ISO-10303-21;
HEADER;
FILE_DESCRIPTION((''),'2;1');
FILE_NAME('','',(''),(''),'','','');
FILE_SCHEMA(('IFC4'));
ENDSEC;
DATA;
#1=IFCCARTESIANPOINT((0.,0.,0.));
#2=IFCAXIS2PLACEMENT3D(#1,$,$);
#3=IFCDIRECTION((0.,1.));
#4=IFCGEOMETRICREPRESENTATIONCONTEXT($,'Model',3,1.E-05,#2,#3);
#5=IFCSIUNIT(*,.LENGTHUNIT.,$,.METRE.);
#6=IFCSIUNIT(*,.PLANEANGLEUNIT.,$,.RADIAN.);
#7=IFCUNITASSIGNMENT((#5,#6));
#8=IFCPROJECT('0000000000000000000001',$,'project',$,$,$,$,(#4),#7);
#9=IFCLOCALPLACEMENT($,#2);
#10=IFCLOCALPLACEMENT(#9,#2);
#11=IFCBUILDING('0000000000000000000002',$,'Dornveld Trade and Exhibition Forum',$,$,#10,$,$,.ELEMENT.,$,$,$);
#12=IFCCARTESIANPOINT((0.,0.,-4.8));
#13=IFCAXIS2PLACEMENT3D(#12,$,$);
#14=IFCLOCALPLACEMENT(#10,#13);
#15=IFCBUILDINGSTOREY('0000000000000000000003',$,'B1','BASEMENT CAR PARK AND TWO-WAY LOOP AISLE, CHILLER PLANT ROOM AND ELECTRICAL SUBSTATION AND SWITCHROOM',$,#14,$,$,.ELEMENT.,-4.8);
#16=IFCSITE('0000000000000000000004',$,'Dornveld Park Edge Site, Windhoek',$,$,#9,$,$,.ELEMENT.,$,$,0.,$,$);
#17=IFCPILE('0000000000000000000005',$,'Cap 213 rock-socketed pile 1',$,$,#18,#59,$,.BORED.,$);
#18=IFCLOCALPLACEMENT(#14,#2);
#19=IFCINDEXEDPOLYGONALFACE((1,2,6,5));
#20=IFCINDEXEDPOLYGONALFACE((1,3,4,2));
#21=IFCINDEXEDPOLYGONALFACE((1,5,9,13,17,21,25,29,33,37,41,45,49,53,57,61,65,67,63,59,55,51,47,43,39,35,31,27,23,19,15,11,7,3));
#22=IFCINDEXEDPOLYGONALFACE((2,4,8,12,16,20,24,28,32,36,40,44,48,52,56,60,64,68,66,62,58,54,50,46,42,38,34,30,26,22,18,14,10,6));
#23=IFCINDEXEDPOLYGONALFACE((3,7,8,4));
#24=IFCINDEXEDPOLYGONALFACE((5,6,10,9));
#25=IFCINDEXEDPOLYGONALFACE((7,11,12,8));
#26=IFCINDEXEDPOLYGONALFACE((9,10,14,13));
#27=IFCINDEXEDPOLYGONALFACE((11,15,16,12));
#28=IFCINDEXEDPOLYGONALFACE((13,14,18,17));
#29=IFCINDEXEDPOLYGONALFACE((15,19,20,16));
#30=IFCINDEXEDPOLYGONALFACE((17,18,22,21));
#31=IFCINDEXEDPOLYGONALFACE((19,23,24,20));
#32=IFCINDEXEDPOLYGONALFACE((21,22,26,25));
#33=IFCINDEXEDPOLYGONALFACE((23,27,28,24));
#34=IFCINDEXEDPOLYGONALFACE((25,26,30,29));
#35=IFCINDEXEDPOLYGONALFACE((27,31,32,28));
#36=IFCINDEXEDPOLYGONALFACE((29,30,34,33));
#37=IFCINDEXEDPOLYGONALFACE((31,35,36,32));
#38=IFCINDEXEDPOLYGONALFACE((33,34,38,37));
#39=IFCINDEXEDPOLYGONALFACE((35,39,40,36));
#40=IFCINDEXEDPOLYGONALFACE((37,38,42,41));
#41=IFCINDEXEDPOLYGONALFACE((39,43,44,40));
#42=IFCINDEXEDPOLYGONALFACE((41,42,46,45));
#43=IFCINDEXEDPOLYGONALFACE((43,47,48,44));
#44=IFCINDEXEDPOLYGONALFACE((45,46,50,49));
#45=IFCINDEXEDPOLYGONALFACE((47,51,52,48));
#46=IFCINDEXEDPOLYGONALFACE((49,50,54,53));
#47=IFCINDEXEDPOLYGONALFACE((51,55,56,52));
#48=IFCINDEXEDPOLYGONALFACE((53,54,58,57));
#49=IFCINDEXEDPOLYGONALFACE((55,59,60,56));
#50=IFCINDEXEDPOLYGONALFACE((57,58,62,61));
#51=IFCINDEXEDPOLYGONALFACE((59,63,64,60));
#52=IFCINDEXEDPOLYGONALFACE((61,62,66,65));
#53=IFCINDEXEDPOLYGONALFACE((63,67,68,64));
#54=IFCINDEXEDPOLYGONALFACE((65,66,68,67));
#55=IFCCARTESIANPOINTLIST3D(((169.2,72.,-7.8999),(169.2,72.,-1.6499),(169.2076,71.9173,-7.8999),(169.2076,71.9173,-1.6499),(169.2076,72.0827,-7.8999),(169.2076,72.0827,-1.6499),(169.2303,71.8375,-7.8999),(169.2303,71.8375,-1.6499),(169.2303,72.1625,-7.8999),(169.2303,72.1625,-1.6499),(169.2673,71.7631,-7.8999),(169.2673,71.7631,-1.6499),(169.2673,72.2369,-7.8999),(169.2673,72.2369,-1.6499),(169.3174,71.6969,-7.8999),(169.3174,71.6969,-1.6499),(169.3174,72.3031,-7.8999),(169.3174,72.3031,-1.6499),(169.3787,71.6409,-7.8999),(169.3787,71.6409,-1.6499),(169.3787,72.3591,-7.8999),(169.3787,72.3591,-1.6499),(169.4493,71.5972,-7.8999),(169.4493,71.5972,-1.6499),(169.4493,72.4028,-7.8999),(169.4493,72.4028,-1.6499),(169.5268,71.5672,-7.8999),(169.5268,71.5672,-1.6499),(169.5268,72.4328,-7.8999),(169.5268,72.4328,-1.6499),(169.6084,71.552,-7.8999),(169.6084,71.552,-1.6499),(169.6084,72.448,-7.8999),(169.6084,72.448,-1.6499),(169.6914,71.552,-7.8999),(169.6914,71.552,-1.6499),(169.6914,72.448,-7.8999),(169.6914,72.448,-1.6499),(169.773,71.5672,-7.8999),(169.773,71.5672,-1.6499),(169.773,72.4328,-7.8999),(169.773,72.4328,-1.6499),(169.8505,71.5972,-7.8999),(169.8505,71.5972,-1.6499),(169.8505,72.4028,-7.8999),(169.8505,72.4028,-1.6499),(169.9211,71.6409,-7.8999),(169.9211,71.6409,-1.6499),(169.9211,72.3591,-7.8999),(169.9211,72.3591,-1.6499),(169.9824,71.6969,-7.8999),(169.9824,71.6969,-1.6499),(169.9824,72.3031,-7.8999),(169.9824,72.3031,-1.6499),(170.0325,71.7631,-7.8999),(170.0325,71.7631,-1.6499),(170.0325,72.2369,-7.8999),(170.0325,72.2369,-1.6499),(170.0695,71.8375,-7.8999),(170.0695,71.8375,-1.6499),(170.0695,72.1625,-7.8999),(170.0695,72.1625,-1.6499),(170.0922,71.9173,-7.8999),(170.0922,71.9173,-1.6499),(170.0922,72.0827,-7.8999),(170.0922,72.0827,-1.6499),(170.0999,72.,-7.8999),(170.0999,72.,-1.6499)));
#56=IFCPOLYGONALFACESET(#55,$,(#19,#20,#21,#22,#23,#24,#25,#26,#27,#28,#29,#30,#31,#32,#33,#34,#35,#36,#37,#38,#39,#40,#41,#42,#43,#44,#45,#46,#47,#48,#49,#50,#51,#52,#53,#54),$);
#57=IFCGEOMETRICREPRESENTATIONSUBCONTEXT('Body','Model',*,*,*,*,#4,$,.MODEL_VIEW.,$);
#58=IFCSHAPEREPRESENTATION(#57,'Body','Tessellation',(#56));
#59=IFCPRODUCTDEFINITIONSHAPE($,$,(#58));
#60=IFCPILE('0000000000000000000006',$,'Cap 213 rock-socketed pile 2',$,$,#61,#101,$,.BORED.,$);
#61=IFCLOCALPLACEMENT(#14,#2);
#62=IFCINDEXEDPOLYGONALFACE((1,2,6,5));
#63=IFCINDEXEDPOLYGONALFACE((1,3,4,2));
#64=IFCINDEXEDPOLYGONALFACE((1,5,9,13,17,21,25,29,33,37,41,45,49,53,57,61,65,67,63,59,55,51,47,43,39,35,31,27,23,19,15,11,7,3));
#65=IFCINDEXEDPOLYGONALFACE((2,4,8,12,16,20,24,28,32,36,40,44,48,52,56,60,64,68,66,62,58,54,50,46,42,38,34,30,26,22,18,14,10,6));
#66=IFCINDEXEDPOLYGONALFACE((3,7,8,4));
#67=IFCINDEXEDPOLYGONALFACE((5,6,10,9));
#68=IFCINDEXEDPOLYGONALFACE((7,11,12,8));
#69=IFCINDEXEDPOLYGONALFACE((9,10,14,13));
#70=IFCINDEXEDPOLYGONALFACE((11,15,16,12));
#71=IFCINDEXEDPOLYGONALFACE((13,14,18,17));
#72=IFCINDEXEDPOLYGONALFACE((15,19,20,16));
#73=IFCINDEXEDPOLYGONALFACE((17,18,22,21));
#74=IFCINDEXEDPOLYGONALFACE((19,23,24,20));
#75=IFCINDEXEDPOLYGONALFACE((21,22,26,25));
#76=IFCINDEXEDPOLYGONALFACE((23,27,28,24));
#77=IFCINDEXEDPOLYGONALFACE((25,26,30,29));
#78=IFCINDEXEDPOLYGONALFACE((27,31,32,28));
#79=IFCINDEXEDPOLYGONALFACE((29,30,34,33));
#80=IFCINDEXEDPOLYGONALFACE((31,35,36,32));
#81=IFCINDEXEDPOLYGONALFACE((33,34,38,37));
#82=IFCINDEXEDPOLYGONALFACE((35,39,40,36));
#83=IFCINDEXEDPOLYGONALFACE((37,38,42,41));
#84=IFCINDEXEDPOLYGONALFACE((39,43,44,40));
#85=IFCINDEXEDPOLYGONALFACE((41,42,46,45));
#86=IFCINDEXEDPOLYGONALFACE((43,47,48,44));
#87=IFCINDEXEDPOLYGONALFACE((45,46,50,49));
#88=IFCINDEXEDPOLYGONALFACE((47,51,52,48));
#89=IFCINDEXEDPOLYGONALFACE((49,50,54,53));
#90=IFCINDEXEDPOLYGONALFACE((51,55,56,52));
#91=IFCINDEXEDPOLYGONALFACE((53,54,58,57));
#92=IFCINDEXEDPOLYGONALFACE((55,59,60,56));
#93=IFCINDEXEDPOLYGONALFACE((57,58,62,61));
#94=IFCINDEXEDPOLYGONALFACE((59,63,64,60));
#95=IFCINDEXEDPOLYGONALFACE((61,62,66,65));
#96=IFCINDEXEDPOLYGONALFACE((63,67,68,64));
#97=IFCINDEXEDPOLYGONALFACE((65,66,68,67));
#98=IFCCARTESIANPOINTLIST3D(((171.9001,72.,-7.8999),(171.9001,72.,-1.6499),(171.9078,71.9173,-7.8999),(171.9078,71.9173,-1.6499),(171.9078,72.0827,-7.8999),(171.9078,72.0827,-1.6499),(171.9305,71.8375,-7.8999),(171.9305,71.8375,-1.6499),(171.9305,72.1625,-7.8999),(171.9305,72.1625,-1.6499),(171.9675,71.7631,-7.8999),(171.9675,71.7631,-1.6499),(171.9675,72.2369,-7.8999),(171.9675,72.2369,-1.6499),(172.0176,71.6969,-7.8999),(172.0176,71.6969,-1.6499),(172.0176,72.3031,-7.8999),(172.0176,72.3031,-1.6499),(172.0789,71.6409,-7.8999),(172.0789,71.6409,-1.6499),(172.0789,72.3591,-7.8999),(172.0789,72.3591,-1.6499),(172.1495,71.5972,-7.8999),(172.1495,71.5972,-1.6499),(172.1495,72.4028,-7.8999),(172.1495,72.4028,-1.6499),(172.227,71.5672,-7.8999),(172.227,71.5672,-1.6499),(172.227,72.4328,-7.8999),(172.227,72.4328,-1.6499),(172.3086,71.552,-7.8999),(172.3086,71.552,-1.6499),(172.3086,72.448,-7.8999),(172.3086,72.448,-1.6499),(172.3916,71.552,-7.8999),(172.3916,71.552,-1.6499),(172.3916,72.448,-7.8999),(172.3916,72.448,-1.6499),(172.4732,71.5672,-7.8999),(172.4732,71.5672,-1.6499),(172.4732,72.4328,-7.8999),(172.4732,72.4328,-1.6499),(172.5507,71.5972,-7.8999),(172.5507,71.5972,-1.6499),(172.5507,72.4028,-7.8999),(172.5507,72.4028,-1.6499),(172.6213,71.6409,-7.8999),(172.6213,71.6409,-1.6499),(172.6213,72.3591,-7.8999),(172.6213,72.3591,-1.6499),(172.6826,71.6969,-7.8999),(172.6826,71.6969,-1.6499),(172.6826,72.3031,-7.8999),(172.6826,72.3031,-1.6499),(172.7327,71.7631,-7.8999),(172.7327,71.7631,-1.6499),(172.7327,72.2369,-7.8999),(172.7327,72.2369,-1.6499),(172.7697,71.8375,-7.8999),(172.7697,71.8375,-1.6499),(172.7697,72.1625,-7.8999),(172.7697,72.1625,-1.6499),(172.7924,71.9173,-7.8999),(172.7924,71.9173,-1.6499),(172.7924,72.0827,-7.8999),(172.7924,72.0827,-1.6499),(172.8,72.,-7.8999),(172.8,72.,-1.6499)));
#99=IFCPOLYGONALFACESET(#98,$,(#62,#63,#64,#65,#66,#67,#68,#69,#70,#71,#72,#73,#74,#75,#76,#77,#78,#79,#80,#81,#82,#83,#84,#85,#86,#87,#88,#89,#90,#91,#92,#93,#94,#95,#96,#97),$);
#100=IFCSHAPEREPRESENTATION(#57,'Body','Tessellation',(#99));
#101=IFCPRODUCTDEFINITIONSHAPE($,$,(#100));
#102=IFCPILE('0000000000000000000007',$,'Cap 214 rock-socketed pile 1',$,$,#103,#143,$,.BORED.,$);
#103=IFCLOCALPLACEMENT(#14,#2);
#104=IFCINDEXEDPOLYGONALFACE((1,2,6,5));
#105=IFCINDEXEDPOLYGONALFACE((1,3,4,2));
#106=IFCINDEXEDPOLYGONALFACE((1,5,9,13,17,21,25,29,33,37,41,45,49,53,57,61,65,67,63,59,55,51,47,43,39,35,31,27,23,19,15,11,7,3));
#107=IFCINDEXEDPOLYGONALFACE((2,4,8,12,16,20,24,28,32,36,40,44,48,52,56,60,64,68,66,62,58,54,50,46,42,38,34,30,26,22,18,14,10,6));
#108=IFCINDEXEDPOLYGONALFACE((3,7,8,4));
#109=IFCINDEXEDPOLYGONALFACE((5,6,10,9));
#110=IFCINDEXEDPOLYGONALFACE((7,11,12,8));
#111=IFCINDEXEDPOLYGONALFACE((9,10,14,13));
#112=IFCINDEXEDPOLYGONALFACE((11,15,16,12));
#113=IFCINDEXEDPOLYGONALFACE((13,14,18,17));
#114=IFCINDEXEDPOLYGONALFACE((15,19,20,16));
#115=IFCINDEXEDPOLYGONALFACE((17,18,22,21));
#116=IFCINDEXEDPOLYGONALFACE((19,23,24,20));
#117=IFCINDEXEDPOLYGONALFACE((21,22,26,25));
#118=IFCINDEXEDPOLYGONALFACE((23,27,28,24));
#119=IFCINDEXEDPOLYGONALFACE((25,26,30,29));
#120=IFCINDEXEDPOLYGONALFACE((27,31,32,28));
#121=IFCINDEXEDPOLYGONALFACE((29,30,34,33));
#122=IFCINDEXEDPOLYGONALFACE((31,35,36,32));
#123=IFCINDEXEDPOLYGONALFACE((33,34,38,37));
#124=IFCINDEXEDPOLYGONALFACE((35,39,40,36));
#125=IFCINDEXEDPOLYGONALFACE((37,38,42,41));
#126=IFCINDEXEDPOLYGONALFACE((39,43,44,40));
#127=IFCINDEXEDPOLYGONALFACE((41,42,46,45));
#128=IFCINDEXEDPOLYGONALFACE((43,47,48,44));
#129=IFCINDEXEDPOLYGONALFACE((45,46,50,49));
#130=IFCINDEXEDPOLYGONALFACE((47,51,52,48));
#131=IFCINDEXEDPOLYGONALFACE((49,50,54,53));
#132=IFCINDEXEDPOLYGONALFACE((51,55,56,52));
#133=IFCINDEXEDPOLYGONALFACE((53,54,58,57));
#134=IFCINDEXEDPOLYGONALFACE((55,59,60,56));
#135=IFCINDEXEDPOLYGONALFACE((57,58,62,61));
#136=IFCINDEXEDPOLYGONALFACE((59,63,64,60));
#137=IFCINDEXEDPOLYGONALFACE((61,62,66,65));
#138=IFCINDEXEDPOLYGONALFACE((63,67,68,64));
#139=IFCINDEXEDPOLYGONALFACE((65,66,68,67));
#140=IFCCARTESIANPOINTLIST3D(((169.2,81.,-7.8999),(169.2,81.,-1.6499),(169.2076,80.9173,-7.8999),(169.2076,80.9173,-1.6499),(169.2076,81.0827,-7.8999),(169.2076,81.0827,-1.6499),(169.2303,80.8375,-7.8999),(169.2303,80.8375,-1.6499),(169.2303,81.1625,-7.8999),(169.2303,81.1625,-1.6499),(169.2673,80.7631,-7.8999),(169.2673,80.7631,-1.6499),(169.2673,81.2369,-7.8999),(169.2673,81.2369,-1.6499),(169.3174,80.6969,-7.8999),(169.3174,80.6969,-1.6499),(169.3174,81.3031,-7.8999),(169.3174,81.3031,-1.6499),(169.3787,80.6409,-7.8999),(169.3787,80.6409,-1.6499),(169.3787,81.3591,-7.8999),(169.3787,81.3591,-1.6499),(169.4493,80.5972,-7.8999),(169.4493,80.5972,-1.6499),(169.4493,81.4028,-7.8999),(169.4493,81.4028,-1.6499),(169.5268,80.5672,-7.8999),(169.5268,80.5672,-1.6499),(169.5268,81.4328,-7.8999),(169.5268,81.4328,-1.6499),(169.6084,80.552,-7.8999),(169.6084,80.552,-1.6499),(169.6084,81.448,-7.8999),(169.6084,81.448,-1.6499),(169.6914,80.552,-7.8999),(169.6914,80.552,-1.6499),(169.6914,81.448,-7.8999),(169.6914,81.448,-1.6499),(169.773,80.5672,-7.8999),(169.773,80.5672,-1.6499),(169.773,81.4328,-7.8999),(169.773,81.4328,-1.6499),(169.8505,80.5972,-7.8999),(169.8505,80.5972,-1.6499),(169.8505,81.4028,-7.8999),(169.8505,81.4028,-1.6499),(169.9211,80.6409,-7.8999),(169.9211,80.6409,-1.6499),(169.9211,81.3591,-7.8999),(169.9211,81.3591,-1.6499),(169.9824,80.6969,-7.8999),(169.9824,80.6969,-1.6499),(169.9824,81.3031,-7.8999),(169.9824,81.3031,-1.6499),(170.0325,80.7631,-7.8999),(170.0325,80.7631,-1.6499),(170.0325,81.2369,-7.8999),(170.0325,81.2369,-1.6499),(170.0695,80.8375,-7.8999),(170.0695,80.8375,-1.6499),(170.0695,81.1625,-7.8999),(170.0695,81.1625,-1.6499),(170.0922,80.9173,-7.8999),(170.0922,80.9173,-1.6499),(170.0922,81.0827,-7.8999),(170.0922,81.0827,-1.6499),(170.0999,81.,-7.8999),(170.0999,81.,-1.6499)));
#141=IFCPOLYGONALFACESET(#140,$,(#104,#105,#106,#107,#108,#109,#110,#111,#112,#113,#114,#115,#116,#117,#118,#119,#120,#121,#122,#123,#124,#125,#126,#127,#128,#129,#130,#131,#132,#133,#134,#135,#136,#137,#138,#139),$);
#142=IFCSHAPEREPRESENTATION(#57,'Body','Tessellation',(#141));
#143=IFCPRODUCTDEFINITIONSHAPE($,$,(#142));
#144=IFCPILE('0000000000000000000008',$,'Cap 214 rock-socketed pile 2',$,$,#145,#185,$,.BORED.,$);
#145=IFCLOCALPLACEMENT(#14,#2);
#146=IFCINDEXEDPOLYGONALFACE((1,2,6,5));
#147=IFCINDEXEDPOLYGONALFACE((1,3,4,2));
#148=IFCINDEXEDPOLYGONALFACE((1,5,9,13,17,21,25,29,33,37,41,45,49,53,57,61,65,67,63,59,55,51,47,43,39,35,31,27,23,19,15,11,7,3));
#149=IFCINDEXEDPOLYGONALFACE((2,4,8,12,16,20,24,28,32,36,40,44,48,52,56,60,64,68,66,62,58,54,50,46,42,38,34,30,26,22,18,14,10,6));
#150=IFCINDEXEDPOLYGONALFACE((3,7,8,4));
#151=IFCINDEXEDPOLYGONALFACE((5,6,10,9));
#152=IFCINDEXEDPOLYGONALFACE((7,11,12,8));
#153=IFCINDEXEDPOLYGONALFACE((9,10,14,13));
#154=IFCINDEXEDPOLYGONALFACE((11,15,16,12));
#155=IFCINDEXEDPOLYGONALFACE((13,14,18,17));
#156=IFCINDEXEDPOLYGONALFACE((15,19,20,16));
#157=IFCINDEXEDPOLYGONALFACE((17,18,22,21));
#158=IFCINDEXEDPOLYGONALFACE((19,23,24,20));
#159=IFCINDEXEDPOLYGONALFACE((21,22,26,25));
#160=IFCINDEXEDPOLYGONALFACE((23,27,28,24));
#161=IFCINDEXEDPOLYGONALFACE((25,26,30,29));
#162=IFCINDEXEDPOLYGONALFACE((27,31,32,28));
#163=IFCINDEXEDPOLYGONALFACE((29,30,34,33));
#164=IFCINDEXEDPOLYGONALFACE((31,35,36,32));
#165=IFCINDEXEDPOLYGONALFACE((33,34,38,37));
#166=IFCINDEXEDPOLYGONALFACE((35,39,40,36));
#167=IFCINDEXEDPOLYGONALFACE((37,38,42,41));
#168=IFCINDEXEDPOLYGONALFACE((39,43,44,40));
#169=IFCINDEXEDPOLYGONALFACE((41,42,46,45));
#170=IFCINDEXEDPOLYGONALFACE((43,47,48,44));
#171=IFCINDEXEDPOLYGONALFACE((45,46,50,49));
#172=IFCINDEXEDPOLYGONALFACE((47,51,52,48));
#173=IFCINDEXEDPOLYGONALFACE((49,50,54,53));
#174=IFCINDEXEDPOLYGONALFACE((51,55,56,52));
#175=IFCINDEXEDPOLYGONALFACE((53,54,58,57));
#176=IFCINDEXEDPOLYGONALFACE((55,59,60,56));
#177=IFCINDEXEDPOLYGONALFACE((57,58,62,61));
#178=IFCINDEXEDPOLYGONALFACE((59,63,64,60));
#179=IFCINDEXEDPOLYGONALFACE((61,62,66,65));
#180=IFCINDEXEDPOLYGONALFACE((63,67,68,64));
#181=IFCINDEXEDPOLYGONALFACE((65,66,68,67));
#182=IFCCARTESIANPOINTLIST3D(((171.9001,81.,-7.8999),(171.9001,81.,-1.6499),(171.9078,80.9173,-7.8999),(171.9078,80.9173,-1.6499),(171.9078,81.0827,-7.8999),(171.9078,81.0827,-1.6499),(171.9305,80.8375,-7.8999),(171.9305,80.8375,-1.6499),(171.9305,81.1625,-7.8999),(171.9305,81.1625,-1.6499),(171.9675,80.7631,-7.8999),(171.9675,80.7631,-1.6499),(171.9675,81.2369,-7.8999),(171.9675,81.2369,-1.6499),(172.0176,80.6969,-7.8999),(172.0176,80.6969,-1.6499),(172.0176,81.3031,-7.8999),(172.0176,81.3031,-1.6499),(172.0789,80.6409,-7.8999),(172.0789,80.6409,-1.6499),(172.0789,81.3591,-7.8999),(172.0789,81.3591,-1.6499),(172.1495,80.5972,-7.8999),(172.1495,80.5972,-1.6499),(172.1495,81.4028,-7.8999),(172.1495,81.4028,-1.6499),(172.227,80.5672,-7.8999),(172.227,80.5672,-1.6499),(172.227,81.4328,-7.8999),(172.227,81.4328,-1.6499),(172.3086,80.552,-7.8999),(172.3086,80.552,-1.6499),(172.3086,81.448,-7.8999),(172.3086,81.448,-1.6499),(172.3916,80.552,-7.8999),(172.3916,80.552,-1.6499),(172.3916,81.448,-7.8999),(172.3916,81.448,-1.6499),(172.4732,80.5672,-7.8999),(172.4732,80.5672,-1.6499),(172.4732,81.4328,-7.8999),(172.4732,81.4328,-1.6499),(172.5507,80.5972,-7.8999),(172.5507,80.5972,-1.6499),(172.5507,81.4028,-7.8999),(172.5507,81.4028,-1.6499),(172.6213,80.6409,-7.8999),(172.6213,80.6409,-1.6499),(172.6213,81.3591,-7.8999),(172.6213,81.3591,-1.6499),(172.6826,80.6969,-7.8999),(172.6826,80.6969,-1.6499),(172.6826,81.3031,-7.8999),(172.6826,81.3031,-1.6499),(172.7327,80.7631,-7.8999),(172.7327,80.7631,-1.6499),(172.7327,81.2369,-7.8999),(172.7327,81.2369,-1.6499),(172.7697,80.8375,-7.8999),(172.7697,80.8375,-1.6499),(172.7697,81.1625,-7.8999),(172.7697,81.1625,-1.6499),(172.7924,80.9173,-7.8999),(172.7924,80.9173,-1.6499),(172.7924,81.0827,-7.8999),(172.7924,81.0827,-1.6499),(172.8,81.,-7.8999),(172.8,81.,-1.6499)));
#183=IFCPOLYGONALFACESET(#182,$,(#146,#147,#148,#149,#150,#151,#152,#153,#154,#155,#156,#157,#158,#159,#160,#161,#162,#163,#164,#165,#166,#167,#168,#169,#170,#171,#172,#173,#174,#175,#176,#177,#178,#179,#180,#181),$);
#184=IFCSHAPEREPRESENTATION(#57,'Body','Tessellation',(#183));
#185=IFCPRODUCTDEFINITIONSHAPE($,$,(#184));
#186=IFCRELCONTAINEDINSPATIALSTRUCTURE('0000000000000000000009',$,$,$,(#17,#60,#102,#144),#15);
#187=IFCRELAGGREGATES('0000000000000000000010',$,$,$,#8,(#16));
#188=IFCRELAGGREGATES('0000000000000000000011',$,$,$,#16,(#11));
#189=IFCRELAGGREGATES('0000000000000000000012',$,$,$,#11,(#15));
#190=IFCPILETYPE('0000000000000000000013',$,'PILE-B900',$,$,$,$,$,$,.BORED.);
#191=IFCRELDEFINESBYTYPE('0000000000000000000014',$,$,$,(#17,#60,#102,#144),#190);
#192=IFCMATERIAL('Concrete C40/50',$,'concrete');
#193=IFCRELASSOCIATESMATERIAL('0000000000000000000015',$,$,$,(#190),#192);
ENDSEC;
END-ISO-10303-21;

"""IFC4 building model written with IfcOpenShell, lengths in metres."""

from ifc_helpers import new_model, si_unit, direction, frame, origin, origin_2d, place, context, subcontext, project, spatial, circle, extrude, material, material_profile, profile_set, type_object, element, save


model = new_model("IFC4")

# Units and contexts
model_context = context("Model", 3, precision=1e-05, world=origin(), true_north=direction((0.0, 1.0)))
body_context = subcontext(model_context, "Body", "Model", "MODEL_VIEW")
ifc_project = project(units=[si_unit("LENGTHUNIT", "METRE"), si_unit("PLANEANGLEUNIT", "RADIAN")], contexts=[model_context])

# Site, building, storey
site_placement = place(None, origin())
site = spatial("IfcSite", under=ifc_project, at=site_placement, Name="Dornveld Park Edge Site, Windhoek", CompositionType="ELEMENT", RefElevation=0.0)
building_placement = place(site_placement, origin())
building = spatial("IfcBuilding", under=site, at=building_placement, Name="Dornveld Trade and Exhibition Forum", CompositionType="ELEMENT")
storey_placement = place(building_placement, frame((0.0, 0.0, -4.8)))
storey = spatial("IfcBuildingStorey", under=building, at=storey_placement, Name="B1", Description="BASEMENT CAR PARK AND TWO-WAY LOOP AISLE, CHILLER PLANT ROOM AND ELECTRICAL SUBSTATION AND SWITCHROOM", CompositionType="ELEMENT", Elevation=-4.8)

# Piles
ifc_material_1 = material(Name="Concrete C40/50", Category="concrete")
ifc_material_profile_1 = material_profile(ifc_material_1, circle(Radius=0.45, at=origin_2d()), Name="PILE D900")
ifc_profile_set_1 = profile_set([ifc_material_profile_1], Name="Concrete C40/50")
pile_type = type_object("IfcPileType", Name="PILE-B900", PredefinedType="BORED", material=ifc_profile_set_1)
for number, where, z_axis, x_axis, name in (
    (1, (169.6499, 72.0, -1.6499), (0.0, 0.0, -1.0), (1.0, 0.0, 0.0), "Cap 213 rock-socketed pile 1"),
    (2, (172.3501, 72.0, -1.6499), (0.0, 0.0, -1.0), (1.0, 0.0, 0.0), "Cap 213 rock-socketed pile 2"),
    (3, (169.6499, 81.0, -1.6499), (0.0, 0.0, -1.0), (1.0, 0.0, 0.0), "Cap 214 rock-socketed pile 1"),
    (4, (172.3501, 81.0, -1.6499), (0.0, 0.0, -1.0), (1.0, 0.0, 0.0), "Cap 214 rock-socketed pile 2"),
):
    element("IfcPile", number, at=place(storey_placement, frame(where, z_axis=z_axis, x_axis=x_axis)), inside=storey, type_object=pile_type, Name=name, PredefinedType="BORED", context=body_context, shape_type="SweptSolid", body=[
        extrude(circle(Radius=0.45, at=origin_2d()), origin(), (0.0, 0.0, 1.0), 6.25),
    ])

save(model, "model.ifc")
